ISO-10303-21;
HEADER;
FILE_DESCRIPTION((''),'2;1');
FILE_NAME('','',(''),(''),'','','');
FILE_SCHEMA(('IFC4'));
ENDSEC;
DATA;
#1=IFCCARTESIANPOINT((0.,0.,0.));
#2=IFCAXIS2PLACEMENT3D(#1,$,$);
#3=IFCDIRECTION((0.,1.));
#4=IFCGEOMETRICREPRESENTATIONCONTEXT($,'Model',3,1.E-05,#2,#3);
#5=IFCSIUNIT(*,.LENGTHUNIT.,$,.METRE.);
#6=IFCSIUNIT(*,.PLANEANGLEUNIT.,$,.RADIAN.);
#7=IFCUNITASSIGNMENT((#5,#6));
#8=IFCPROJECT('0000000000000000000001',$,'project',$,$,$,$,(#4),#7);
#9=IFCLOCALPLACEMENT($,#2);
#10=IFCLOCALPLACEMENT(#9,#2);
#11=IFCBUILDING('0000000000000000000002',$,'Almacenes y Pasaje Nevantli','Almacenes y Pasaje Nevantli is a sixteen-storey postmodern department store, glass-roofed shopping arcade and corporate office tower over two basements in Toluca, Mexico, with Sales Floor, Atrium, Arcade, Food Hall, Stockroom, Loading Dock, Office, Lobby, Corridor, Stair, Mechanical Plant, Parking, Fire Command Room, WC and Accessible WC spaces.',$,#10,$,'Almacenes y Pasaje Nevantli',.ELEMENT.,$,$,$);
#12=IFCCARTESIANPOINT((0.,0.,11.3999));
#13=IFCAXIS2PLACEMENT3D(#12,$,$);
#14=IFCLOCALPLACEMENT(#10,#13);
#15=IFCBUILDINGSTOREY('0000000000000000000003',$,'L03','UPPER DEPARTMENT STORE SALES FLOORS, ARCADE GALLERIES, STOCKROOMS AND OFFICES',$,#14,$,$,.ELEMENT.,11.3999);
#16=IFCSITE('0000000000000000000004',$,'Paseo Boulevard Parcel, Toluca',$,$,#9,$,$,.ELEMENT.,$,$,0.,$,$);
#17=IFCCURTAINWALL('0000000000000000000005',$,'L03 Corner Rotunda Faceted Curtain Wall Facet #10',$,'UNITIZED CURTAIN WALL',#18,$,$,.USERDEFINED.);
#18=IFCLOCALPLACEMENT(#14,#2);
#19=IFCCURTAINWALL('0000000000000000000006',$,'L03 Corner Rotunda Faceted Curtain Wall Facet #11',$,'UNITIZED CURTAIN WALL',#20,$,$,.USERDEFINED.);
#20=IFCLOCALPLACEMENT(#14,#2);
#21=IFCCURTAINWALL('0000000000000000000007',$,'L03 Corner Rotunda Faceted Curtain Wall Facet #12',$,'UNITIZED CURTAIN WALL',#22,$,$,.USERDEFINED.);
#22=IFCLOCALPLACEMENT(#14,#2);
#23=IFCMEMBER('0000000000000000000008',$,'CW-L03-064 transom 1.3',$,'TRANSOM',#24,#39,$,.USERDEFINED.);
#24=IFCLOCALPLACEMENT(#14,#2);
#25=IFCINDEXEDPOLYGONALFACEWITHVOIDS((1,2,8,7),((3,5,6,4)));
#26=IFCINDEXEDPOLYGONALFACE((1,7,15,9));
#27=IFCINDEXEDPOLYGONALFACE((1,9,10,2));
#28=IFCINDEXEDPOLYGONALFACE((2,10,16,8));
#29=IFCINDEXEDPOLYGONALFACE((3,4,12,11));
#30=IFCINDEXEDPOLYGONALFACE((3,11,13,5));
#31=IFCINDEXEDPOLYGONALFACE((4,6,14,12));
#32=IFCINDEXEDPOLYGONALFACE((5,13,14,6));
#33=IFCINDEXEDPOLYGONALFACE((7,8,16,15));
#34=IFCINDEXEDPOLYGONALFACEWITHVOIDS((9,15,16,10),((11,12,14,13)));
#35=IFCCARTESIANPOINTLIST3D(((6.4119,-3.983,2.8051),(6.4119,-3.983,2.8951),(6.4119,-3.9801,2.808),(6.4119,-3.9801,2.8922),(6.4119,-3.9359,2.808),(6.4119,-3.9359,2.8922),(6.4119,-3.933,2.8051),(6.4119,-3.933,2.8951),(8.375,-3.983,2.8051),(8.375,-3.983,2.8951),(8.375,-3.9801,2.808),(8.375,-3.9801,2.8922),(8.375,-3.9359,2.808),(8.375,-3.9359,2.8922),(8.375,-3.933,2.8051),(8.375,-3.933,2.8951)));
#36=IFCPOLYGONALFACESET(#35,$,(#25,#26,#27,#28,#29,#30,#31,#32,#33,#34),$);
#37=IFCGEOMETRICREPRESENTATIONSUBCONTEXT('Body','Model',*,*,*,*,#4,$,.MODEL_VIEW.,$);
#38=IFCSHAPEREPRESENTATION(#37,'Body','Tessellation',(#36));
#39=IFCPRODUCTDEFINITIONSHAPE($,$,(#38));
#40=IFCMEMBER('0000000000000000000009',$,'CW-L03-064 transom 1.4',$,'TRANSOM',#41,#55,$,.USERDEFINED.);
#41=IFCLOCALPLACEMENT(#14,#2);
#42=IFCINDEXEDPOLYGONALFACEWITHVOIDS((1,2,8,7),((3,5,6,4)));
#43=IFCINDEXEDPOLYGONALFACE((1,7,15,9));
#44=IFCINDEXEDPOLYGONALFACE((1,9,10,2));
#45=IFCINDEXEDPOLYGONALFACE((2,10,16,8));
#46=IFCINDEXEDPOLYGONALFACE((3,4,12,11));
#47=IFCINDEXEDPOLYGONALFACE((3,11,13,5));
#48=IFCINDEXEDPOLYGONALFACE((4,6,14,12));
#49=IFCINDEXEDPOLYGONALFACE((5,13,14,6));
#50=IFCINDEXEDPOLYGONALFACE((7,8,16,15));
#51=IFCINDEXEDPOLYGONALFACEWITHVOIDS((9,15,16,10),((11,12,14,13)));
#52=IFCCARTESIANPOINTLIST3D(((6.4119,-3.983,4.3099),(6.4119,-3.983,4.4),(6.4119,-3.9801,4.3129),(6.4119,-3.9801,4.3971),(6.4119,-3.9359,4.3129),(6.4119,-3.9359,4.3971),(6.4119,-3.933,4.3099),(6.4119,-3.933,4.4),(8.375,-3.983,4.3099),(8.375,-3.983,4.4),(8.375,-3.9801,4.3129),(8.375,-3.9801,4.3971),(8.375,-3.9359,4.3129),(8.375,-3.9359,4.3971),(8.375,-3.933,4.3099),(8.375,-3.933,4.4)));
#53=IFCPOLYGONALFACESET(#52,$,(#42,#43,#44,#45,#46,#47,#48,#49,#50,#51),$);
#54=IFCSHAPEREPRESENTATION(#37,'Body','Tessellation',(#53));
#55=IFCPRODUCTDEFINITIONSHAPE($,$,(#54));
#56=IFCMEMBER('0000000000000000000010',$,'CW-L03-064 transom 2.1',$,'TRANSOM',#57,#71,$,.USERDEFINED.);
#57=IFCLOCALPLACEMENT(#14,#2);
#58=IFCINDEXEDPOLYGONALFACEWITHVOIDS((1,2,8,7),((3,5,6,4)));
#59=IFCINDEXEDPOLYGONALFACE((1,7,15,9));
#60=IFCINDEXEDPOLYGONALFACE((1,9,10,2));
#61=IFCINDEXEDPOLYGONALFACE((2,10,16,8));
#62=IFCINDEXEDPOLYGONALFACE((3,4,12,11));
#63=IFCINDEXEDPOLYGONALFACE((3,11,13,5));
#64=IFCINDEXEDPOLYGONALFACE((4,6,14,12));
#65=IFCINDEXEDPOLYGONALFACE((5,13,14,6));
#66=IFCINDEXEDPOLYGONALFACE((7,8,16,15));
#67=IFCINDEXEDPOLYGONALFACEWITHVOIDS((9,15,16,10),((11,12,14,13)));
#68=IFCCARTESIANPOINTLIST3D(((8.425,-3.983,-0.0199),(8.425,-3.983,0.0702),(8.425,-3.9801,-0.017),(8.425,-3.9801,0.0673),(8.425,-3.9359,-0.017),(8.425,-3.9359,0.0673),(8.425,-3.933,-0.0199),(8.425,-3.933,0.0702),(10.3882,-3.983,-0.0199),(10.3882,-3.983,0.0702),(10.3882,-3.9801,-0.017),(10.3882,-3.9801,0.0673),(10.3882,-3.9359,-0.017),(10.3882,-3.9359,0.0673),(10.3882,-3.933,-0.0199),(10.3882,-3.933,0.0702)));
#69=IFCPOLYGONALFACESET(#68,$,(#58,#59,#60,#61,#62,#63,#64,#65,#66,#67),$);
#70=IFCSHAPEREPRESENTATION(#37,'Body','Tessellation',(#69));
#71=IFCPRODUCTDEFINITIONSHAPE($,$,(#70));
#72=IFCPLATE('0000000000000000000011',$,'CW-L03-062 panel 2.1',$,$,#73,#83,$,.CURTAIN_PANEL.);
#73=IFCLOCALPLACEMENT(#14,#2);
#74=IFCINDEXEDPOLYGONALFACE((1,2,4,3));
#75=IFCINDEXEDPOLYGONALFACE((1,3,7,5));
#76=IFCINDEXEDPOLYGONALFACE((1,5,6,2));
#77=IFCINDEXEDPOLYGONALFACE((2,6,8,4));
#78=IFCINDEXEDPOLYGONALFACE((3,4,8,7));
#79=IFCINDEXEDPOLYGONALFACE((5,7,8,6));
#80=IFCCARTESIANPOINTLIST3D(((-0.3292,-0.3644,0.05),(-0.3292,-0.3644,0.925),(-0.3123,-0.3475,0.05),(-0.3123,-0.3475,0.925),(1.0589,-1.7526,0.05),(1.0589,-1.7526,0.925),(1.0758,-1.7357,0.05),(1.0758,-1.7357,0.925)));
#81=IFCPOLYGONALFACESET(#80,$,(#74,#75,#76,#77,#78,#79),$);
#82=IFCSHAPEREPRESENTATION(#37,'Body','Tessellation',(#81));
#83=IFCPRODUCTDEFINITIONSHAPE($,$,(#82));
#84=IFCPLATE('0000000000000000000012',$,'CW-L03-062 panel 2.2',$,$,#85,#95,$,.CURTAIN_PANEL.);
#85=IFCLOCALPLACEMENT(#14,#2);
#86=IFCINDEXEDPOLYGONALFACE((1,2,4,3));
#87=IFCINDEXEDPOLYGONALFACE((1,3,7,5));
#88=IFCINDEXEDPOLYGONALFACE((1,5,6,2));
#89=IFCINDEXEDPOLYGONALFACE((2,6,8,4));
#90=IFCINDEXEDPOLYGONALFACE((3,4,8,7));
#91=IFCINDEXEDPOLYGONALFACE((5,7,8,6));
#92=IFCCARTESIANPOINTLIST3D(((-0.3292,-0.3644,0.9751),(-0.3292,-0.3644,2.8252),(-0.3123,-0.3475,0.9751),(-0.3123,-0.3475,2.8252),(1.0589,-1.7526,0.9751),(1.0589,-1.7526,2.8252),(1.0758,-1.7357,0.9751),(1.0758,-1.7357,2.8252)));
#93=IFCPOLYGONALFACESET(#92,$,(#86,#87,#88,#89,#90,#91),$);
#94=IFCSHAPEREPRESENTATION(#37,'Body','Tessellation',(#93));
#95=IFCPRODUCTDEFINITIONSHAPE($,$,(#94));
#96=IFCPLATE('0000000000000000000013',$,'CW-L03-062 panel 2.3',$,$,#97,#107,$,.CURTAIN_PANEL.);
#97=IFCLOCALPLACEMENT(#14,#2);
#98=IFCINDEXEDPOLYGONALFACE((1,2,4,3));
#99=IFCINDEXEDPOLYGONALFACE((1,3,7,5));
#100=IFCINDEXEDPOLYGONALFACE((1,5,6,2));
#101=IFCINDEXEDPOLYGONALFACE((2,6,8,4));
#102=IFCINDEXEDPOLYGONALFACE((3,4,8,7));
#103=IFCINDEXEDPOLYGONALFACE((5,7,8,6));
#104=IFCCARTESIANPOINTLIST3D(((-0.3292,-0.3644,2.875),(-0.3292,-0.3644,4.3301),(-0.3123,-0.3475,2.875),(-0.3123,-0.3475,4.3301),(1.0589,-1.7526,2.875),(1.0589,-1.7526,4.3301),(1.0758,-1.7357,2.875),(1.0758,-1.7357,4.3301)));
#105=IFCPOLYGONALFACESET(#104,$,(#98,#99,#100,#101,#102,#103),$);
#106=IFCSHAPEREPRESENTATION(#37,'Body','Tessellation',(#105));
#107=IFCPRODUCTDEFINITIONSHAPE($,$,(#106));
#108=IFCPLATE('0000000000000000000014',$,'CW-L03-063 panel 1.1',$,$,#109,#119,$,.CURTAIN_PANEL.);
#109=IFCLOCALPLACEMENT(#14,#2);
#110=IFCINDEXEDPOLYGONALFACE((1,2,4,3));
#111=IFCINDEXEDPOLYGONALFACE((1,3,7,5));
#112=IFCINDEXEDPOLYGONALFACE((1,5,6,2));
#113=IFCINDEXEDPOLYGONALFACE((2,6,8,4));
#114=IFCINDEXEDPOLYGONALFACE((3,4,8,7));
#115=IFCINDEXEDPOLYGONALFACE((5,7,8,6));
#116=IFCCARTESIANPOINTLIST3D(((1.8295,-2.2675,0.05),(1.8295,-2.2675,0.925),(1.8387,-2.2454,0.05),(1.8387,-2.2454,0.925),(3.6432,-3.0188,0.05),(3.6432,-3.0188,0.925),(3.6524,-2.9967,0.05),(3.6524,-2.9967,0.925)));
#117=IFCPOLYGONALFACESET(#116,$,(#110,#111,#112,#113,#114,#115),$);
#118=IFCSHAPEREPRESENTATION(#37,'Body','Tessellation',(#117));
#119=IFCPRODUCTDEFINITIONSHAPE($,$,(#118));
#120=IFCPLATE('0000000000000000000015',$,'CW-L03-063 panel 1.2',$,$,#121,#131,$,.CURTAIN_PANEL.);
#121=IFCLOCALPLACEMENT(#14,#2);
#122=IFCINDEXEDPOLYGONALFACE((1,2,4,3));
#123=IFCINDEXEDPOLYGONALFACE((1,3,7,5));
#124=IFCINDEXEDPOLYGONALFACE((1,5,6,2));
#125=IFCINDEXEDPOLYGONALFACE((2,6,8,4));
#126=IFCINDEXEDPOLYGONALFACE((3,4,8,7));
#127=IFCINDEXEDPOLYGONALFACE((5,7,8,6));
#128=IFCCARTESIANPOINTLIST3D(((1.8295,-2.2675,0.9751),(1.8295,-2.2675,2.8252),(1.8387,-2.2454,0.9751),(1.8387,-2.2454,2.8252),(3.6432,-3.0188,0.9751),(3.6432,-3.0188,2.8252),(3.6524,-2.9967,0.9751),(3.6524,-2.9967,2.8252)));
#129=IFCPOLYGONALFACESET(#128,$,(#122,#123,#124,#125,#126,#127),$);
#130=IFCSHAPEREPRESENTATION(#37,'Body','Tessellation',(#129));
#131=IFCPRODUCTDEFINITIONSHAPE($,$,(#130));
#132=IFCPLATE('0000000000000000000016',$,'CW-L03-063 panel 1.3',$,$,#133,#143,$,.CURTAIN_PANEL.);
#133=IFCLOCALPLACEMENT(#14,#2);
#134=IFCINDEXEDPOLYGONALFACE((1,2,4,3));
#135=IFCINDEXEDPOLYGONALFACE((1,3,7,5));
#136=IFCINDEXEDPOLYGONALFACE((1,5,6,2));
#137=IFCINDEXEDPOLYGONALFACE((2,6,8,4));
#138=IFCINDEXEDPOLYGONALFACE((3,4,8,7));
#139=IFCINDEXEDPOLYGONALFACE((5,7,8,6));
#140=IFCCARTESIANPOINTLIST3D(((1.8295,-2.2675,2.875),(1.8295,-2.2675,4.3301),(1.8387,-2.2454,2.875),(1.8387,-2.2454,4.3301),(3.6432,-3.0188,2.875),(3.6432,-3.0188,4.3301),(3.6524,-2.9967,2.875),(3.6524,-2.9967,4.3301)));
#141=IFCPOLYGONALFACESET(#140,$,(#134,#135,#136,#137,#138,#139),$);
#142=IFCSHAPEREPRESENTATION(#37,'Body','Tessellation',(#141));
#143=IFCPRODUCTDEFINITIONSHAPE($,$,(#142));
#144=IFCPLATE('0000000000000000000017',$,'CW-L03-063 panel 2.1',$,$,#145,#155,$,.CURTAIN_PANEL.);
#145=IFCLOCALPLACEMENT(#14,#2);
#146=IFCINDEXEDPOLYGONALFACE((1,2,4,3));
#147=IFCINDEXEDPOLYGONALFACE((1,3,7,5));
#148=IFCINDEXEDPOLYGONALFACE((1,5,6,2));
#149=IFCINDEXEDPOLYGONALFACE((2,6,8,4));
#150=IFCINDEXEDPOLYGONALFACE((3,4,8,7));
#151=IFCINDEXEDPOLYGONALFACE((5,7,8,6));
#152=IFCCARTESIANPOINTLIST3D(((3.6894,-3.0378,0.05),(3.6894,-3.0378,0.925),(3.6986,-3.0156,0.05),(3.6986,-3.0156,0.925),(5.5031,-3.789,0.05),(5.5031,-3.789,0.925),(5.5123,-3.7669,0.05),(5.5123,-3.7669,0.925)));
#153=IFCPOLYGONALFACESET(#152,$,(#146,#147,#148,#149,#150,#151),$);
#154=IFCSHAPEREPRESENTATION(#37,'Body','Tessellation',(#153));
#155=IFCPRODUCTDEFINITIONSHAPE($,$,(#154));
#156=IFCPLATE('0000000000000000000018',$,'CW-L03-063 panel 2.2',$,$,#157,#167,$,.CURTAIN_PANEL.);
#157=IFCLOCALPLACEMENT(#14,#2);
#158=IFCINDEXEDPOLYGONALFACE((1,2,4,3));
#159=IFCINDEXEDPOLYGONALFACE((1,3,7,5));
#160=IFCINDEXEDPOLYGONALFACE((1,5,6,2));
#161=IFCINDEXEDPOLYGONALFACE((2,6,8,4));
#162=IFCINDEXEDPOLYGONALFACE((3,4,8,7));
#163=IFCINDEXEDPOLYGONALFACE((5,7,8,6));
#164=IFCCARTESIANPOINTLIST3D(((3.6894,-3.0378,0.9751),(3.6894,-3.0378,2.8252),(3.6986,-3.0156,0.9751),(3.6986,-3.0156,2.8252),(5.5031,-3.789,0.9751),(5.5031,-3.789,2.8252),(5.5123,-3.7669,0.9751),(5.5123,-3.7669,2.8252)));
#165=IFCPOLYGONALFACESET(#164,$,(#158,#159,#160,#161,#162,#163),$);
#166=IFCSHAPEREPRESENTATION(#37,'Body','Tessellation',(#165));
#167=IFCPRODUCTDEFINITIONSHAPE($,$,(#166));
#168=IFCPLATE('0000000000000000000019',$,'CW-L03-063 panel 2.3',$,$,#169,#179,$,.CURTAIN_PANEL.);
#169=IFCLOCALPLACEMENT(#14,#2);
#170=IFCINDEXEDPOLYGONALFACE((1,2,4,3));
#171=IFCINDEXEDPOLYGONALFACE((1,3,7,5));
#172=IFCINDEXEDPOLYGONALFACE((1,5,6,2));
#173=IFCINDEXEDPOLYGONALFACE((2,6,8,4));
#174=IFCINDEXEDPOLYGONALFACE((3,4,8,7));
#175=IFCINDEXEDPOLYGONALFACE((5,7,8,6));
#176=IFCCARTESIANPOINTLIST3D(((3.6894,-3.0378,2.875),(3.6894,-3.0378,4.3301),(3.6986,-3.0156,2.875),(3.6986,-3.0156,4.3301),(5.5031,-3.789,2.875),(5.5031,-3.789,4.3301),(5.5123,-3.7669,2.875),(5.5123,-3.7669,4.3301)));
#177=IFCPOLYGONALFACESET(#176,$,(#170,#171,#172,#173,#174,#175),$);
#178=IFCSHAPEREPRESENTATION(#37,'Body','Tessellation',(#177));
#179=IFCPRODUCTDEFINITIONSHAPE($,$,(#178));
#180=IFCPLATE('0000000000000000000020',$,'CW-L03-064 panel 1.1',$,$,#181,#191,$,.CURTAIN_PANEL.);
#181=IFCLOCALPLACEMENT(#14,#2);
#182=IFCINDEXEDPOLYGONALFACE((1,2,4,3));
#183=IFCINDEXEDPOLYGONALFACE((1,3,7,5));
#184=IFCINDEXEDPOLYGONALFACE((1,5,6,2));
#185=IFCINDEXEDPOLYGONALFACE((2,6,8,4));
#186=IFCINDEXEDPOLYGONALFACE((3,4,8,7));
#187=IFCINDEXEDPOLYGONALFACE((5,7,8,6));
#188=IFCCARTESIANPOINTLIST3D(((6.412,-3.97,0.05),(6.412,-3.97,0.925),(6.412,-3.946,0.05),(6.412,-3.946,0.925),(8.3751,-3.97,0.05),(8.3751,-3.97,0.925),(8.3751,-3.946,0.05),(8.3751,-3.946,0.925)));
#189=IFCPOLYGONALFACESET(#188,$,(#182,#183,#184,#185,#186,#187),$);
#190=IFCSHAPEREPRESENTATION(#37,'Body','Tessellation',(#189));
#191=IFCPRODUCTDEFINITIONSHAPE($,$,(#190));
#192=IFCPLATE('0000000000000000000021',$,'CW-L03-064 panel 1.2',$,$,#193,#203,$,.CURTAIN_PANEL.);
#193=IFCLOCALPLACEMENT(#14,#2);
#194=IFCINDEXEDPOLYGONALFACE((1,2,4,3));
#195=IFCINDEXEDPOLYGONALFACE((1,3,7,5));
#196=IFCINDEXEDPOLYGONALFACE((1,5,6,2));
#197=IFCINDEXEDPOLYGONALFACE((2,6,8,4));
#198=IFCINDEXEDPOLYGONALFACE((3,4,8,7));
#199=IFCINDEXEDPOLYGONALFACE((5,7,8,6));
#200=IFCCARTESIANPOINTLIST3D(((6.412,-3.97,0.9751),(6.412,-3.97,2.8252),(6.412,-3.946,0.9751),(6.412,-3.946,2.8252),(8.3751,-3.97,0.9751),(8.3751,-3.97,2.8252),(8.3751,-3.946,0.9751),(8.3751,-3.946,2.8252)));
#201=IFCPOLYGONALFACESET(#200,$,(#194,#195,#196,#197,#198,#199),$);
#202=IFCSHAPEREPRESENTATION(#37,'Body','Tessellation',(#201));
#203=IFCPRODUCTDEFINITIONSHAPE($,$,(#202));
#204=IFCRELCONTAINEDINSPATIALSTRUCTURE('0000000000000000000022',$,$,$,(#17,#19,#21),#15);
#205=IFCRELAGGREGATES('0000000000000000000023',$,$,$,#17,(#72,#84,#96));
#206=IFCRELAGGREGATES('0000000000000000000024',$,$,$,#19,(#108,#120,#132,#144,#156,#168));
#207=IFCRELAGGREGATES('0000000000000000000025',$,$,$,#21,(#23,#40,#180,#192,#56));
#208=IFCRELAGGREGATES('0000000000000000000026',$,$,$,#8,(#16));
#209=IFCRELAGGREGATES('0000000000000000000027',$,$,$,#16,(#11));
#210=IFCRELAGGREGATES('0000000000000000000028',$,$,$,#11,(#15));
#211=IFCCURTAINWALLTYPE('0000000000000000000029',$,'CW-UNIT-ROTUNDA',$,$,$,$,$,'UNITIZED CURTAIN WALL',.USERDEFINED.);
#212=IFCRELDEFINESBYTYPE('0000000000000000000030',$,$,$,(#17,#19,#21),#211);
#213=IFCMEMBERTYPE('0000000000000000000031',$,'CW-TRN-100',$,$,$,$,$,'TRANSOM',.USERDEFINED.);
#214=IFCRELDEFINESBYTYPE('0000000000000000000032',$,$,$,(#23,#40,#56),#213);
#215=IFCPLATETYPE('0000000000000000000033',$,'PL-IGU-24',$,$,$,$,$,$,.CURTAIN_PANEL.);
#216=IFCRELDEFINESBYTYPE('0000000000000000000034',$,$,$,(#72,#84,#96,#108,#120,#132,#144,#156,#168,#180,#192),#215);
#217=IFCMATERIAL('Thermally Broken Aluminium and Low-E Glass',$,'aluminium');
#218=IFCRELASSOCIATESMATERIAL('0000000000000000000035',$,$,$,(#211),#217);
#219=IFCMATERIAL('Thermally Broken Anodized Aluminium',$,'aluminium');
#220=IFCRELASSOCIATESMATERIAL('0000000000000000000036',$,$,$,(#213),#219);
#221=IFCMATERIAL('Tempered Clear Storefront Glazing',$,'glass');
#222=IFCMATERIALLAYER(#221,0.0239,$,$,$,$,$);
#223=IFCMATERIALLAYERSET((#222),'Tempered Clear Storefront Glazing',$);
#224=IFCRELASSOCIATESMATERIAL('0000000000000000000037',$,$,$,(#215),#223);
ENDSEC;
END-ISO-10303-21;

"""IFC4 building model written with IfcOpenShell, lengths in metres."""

from ifc_helpers import new_model, si_unit, direction, frame, origin, origin_2d, place, context, subcontext, project, spatial, rectangle, hollow_rectangle, extrude, material, layer, layer_set, material_profile, profile_set, type_object, element, aggregate, save


model = new_model("IFC4")

# Units and contexts
model_context = context("Model", 3, precision=1e-05, world=origin(), true_north=direction((0.0, 1.0)))
body_context = subcontext(model_context, "Body", "Model", "MODEL_VIEW")
ifc_project = project(units=[si_unit("LENGTHUNIT", "METRE"), si_unit("PLANEANGLEUNIT", "RADIAN")], contexts=[model_context])

# Site, building, storey
site_placement = place(None, origin())
site = spatial("IfcSite", under=ifc_project, at=site_placement, Name="Paseo Boulevard Parcel, Toluca", CompositionType="ELEMENT", RefElevation=0.0)
building_placement = place(site_placement, origin())
building = spatial("IfcBuilding", under=site, at=building_placement, Name="Almacenes y Pasaje Nevantli", Description="Almacenes y Pasaje Nevantli is a sixteen-storey postmodern department store, glass-roofed shopping arcade and corporate office tower over two basements in Toluca, Mexico, with Sales Floor, Atrium, Arcade, Food Hall, Stockroom, Loading Dock, Office, Lobby, Corridor, Stair, Mechanical Plant, Parking, Fire Command Room, WC and Accessible WC spaces.", LongName="Almacenes y Pasaje Nevantli", CompositionType="ELEMENT")
storey_placement = place(building_placement, frame((0.0, 0.0, 11.3999)))
storey = spatial("IfcBuildingStorey", under=building, at=storey_placement, Name="L03", Description="UPPER DEPARTMENT STORE SALES FLOORS, ARCADE GALLERIES, STOCKROOMS AND OFFICES", CompositionType="ELEMENT", Elevation=11.3999)

# Curtain wall
ifc_material_1 = material(Name="Thermally Broken Aluminium and Low-E Glass", Category="aluminium")
curtain_wall_type = type_object("IfcCurtainWallType", Name="CW-UNIT-ROTUNDA", ElementType="UNITIZED CURTAIN WALL", PredefinedType="USERDEFINED", material=ifc_material_1)
curtain_wall_1_placement = place(storey_placement, origin())
curtain_wall_1 = element("IfcCurtainWall", 1, at=curtain_wall_1_placement, inside=storey, type_object=curtain_wall_type, Name="L03 Corner Rotunda Faceted Curtain Wall Facet #10", ObjectType="UNITIZED CURTAIN WALL", PredefinedType="USERDEFINED")

# Curtain walls
curtain_wall_2_placement = place(storey_placement, origin())
curtain_wall_2 = element("IfcCurtainWall", 2, at=curtain_wall_2_placement, inside=storey, type_object=curtain_wall_type, Name="L03 Corner Rotunda Faceted Curtain Wall Facet #11", ObjectType="UNITIZED CURTAIN WALL", PredefinedType="USERDEFINED")
curtain_wall_3_placement = place(storey_placement, origin())
curtain_wall_3 = element("IfcCurtainWall", 3, at=curtain_wall_3_placement, inside=storey, type_object=curtain_wall_type, Name="L03 Corner Rotunda Faceted Curtain Wall Facet #12", ObjectType="UNITIZED CURTAIN WALL", PredefinedType="USERDEFINED")

# Members
ifc_material_2 = material(Name="Thermally Broken Anodized Aluminium", Category="aluminium")
ifc_material_profile_1 = material_profile(ifc_material_2, hollow_rectangle(XDim=0.05, YDim=0.0901, WallThickness=0.0029, at=origin_2d()), Name="ALU-TRN-50x90")
ifc_profile_set_1 = profile_set([ifc_material_profile_1], Name="Thermally Broken Anodized Aluminium")
member_type_1 = type_object("IfcMemberType", Name="CW-TRN-100", ElementType="TRANSOM", PredefinedType="USERDEFINED", material=ifc_profile_set_1)
member_1_placement = place(storey_placement, frame((6.4119, -3.958, 2.8501), z_axis=(1.0, 0.0, 0.0), x_axis=(0.0, 1.0, 0.0)))
member_1 = element("IfcMember", 4, at=member_1_placement, type_object=member_type_1, Name="CW-L03-064 transom 1.3", ObjectType="TRANSOM", PredefinedType="USERDEFINED", context=body_context, shape_type="SweptSolid", body=[
    extrude(hollow_rectangle(XDim=0.05, YDim=0.0901, WallThickness=0.0029, at=origin_2d()), origin(), (0.0, 0.0, 1.0), 1.9631),
])
member_2_placement = place(storey_placement, frame((6.4119, -3.958, 4.355), z_axis=(1.0, 0.0, 0.0), x_axis=(0.0, 1.0, 0.0)))
member_2 = element("IfcMember", 5, at=member_2_placement, type_object=member_type_1, Name="CW-L03-064 transom 1.4", ObjectType="TRANSOM", PredefinedType="USERDEFINED", context=body_context, shape_type="SweptSolid", body=[
    extrude(hollow_rectangle(XDim=0.05, YDim=0.0901, WallThickness=0.0029, at=origin_2d()), origin(), (0.0, 0.0, 1.0), 1.9631),
])
member_3_placement = place(storey_placement, frame((8.425, -3.958, 0.0251), z_axis=(1.0, 0.0, 0.0), x_axis=(0.0, 1.0, 0.0)))
member_3 = element("IfcMember", 6, at=member_3_placement, type_object=member_type_1, Name="CW-L03-064 transom 2.1", ObjectType="TRANSOM", PredefinedType="USERDEFINED", context=body_context, shape_type="SweptSolid", body=[
    extrude(hollow_rectangle(XDim=0.05, YDim=0.0901, WallThickness=0.0029, at=origin_2d()), origin(), (0.0, 0.0, 1.0), 1.9631),
])

# Plates
ifc_material_3 = material(Name="Tempered Clear Storefront Glazing", Category="glass")
ifc_layer = layer(ifc_material_3, 0.0239)
ifc_layer_set = layer_set([ifc_layer], Name="Tempered Clear Storefront Glazing")
plate_type = type_object("IfcPlateType", Name="PL-IGU-24", PredefinedType="CURTAIN_PANEL", material=ifc_layer_set)
plate_1_placement = place(storey_placement, frame((0.3733, -1.05, 0.05), z_axis=(0.0, 0.0, 1.0), x_axis=(0.707107, -0.707107, 0.0)))
plate_1 = element("IfcPlate", 7, at=plate_1_placement, type_object=plate_type, Name="CW-L03-062 panel 2.1", PredefinedType="CURTAIN_PANEL", context=body_context, shape_type="SweptSolid", body=[
    extrude(rectangle(XDim=1.9631, YDim=0.0239, at=origin_2d()), origin(), (0.0, 0.0, 1.0), 0.875),
])
plate_2_placement = place(storey_placement, frame((0.3733, -1.05, 0.9751), z_axis=(0.0, 0.0, 1.0), x_axis=(0.707107, -0.707107, 0.0)))
plate_2 = element("IfcPlate", 8, at=plate_2_placement, type_object=plate_type, Name="CW-L03-062 panel 2.2", PredefinedType="CURTAIN_PANEL", context=body_context, shape_type="SweptSolid", body=[
    extrude(rectangle(XDim=1.9631, YDim=0.0239, at=origin_2d()), origin(), (0.0, 0.0, 1.0), 1.8501),
])
plate_3_placement = place(storey_placement, frame((0.3733, -1.05, 2.875), z_axis=(0.0, 0.0, 1.0), x_axis=(0.707107, -0.707107, 0.0)))
plate_3 = element("IfcPlate", 9, at=plate_3_placement, type_object=plate_type, Name="CW-L03-062 panel 2.3", PredefinedType="CURTAIN_PANEL", context=body_context, shape_type="SweptSolid", body=[
    extrude(rectangle(XDim=1.9631, YDim=0.0239, at=origin_2d()), origin(), (0.0, 0.0, 1.0), 1.4551),
])
aggregate(curtain_wall_1, [plate_1, plate_2, plate_3])
plate_4_placement = place(storey_placement, frame((2.741, -2.6321, 0.05), z_axis=(0.0, 0.0, 1.0), x_axis=(0.923873, -0.382698, 0.0)))
plate_4 = element("IfcPlate", 10, at=plate_4_placement, type_object=plate_type, Name="CW-L03-063 panel 1.1", PredefinedType="CURTAIN_PANEL", context=body_context, shape_type="SweptSolid", body=[
    extrude(rectangle(XDim=1.9631, YDim=0.0239, at=origin_2d()), origin(), (0.0, 0.0, 1.0), 0.875),
])
plate_5_placement = place(storey_placement, frame((2.741, -2.6321, 0.9751), z_axis=(0.0, 0.0, 1.0), x_axis=(0.923873, -0.382698, 0.0)))
plate_5 = element("IfcPlate", 11, at=plate_5_placement, type_object=plate_type, Name="CW-L03-063 panel 1.2", PredefinedType="CURTAIN_PANEL", context=body_context, shape_type="SweptSolid", body=[
    extrude(rectangle(XDim=1.9631, YDim=0.0239, at=origin_2d()), origin(), (0.0, 0.0, 1.0), 1.8501),
])
plate_6_placement = place(storey_placement, frame((2.741, -2.6321, 2.875), z_axis=(0.0, 0.0, 1.0), x_axis=(0.923873, -0.382698, 0.0)))
plate_6 = element("IfcPlate", 12, at=plate_6_placement, type_object=plate_type, Name="CW-L03-063 panel 1.3", PredefinedType="CURTAIN_PANEL", context=body_context, shape_type="SweptSolid", body=[
    extrude(rectangle(XDim=1.9631, YDim=0.0239, at=origin_2d()), origin(), (0.0, 0.0, 1.0), 1.4551),
])
plate_7_placement = place(storey_placement, frame((4.6008, -3.4023, 0.05), z_axis=(0.0, 0.0, 1.0), x_axis=(0.923873, -0.382698, 0.0)))
plate_7 = element("IfcPlate", 13, at=plate_7_placement, type_object=plate_type, Name="CW-L03-063 panel 2.1", PredefinedType="CURTAIN_PANEL", context=body_context, shape_type="SweptSolid", body=[
    extrude(rectangle(XDim=1.9631, YDim=0.0239, at=origin_2d()), origin(), (0.0, 0.0, 1.0), 0.875),
])
plate_8_placement = place(storey_placement, frame((4.6008, -3.4023, 0.9751), z_axis=(0.0, 0.0, 1.0), x_axis=(0.923873, -0.382698, 0.0)))
plate_8 = element("IfcPlate", 14, at=plate_8_placement, type_object=plate_type, Name="CW-L03-063 panel 2.2", PredefinedType="CURTAIN_PANEL", context=body_context, shape_type="SweptSolid", body=[
    extrude(rectangle(XDim=1.9631, YDim=0.0239, at=origin_2d()), origin(), (0.0, 0.0, 1.0), 1.8501),
])
plate_9_placement = place(storey_placement, frame((4.6008, -3.4023, 2.875), z_axis=(0.0, 0.0, 1.0), x_axis=(0.923873, -0.382698, 0.0)))
plate_9 = element("IfcPlate", 15, at=plate_9_placement, type_object=plate_type, Name="CW-L03-063 panel 2.3", PredefinedType="CURTAIN_PANEL", context=body_context, shape_type="SweptSolid", body=[
    extrude(rectangle(XDim=1.9631, YDim=0.0239, at=origin_2d()), origin(), (0.0, 0.0, 1.0), 1.4551),
])
aggregate(curtain_wall_2, [plate_4, plate_5, plate_6, plate_7, plate_8, plate_9])
plate_10_placement = place(storey_placement, frame((7.3936, -3.958, 0.05), z_axis=(0.0, 0.0, 1.0), x_axis=(1.0, 0.0, 0.0)))
plate_10 = element("IfcPlate", 16, at=plate_10_placement, type_object=plate_type, Name="CW-L03-064 panel 1.1", PredefinedType="CURTAIN_PANEL", context=body_context, shape_type="SweptSolid", body=[
    extrude(rectangle(XDim=1.9631, YDim=0.0239, at=origin_2d()), origin(), (0.0, 0.0, 1.0), 0.875),
])
plate_11_placement = place(storey_placement, frame((7.3936, -3.958, 0.9751), z_axis=(0.0, 0.0, 1.0), x_axis=(1.0, 0.0, 0.0)))
plate_11 = element("IfcPlate", 17, at=plate_11_placement, type_object=plate_type, Name="CW-L03-064 panel 1.2", PredefinedType="CURTAIN_PANEL", context=body_context, shape_type="SweptSolid", body=[
    extrude(rectangle(XDim=1.9631, YDim=0.0239, at=origin_2d()), origin(), (0.0, 0.0, 1.0), 1.8501),
])
aggregate(curtain_wall_3, [member_1, member_2, plate_10, plate_11, member_3])

save(model, "model.ifc")
